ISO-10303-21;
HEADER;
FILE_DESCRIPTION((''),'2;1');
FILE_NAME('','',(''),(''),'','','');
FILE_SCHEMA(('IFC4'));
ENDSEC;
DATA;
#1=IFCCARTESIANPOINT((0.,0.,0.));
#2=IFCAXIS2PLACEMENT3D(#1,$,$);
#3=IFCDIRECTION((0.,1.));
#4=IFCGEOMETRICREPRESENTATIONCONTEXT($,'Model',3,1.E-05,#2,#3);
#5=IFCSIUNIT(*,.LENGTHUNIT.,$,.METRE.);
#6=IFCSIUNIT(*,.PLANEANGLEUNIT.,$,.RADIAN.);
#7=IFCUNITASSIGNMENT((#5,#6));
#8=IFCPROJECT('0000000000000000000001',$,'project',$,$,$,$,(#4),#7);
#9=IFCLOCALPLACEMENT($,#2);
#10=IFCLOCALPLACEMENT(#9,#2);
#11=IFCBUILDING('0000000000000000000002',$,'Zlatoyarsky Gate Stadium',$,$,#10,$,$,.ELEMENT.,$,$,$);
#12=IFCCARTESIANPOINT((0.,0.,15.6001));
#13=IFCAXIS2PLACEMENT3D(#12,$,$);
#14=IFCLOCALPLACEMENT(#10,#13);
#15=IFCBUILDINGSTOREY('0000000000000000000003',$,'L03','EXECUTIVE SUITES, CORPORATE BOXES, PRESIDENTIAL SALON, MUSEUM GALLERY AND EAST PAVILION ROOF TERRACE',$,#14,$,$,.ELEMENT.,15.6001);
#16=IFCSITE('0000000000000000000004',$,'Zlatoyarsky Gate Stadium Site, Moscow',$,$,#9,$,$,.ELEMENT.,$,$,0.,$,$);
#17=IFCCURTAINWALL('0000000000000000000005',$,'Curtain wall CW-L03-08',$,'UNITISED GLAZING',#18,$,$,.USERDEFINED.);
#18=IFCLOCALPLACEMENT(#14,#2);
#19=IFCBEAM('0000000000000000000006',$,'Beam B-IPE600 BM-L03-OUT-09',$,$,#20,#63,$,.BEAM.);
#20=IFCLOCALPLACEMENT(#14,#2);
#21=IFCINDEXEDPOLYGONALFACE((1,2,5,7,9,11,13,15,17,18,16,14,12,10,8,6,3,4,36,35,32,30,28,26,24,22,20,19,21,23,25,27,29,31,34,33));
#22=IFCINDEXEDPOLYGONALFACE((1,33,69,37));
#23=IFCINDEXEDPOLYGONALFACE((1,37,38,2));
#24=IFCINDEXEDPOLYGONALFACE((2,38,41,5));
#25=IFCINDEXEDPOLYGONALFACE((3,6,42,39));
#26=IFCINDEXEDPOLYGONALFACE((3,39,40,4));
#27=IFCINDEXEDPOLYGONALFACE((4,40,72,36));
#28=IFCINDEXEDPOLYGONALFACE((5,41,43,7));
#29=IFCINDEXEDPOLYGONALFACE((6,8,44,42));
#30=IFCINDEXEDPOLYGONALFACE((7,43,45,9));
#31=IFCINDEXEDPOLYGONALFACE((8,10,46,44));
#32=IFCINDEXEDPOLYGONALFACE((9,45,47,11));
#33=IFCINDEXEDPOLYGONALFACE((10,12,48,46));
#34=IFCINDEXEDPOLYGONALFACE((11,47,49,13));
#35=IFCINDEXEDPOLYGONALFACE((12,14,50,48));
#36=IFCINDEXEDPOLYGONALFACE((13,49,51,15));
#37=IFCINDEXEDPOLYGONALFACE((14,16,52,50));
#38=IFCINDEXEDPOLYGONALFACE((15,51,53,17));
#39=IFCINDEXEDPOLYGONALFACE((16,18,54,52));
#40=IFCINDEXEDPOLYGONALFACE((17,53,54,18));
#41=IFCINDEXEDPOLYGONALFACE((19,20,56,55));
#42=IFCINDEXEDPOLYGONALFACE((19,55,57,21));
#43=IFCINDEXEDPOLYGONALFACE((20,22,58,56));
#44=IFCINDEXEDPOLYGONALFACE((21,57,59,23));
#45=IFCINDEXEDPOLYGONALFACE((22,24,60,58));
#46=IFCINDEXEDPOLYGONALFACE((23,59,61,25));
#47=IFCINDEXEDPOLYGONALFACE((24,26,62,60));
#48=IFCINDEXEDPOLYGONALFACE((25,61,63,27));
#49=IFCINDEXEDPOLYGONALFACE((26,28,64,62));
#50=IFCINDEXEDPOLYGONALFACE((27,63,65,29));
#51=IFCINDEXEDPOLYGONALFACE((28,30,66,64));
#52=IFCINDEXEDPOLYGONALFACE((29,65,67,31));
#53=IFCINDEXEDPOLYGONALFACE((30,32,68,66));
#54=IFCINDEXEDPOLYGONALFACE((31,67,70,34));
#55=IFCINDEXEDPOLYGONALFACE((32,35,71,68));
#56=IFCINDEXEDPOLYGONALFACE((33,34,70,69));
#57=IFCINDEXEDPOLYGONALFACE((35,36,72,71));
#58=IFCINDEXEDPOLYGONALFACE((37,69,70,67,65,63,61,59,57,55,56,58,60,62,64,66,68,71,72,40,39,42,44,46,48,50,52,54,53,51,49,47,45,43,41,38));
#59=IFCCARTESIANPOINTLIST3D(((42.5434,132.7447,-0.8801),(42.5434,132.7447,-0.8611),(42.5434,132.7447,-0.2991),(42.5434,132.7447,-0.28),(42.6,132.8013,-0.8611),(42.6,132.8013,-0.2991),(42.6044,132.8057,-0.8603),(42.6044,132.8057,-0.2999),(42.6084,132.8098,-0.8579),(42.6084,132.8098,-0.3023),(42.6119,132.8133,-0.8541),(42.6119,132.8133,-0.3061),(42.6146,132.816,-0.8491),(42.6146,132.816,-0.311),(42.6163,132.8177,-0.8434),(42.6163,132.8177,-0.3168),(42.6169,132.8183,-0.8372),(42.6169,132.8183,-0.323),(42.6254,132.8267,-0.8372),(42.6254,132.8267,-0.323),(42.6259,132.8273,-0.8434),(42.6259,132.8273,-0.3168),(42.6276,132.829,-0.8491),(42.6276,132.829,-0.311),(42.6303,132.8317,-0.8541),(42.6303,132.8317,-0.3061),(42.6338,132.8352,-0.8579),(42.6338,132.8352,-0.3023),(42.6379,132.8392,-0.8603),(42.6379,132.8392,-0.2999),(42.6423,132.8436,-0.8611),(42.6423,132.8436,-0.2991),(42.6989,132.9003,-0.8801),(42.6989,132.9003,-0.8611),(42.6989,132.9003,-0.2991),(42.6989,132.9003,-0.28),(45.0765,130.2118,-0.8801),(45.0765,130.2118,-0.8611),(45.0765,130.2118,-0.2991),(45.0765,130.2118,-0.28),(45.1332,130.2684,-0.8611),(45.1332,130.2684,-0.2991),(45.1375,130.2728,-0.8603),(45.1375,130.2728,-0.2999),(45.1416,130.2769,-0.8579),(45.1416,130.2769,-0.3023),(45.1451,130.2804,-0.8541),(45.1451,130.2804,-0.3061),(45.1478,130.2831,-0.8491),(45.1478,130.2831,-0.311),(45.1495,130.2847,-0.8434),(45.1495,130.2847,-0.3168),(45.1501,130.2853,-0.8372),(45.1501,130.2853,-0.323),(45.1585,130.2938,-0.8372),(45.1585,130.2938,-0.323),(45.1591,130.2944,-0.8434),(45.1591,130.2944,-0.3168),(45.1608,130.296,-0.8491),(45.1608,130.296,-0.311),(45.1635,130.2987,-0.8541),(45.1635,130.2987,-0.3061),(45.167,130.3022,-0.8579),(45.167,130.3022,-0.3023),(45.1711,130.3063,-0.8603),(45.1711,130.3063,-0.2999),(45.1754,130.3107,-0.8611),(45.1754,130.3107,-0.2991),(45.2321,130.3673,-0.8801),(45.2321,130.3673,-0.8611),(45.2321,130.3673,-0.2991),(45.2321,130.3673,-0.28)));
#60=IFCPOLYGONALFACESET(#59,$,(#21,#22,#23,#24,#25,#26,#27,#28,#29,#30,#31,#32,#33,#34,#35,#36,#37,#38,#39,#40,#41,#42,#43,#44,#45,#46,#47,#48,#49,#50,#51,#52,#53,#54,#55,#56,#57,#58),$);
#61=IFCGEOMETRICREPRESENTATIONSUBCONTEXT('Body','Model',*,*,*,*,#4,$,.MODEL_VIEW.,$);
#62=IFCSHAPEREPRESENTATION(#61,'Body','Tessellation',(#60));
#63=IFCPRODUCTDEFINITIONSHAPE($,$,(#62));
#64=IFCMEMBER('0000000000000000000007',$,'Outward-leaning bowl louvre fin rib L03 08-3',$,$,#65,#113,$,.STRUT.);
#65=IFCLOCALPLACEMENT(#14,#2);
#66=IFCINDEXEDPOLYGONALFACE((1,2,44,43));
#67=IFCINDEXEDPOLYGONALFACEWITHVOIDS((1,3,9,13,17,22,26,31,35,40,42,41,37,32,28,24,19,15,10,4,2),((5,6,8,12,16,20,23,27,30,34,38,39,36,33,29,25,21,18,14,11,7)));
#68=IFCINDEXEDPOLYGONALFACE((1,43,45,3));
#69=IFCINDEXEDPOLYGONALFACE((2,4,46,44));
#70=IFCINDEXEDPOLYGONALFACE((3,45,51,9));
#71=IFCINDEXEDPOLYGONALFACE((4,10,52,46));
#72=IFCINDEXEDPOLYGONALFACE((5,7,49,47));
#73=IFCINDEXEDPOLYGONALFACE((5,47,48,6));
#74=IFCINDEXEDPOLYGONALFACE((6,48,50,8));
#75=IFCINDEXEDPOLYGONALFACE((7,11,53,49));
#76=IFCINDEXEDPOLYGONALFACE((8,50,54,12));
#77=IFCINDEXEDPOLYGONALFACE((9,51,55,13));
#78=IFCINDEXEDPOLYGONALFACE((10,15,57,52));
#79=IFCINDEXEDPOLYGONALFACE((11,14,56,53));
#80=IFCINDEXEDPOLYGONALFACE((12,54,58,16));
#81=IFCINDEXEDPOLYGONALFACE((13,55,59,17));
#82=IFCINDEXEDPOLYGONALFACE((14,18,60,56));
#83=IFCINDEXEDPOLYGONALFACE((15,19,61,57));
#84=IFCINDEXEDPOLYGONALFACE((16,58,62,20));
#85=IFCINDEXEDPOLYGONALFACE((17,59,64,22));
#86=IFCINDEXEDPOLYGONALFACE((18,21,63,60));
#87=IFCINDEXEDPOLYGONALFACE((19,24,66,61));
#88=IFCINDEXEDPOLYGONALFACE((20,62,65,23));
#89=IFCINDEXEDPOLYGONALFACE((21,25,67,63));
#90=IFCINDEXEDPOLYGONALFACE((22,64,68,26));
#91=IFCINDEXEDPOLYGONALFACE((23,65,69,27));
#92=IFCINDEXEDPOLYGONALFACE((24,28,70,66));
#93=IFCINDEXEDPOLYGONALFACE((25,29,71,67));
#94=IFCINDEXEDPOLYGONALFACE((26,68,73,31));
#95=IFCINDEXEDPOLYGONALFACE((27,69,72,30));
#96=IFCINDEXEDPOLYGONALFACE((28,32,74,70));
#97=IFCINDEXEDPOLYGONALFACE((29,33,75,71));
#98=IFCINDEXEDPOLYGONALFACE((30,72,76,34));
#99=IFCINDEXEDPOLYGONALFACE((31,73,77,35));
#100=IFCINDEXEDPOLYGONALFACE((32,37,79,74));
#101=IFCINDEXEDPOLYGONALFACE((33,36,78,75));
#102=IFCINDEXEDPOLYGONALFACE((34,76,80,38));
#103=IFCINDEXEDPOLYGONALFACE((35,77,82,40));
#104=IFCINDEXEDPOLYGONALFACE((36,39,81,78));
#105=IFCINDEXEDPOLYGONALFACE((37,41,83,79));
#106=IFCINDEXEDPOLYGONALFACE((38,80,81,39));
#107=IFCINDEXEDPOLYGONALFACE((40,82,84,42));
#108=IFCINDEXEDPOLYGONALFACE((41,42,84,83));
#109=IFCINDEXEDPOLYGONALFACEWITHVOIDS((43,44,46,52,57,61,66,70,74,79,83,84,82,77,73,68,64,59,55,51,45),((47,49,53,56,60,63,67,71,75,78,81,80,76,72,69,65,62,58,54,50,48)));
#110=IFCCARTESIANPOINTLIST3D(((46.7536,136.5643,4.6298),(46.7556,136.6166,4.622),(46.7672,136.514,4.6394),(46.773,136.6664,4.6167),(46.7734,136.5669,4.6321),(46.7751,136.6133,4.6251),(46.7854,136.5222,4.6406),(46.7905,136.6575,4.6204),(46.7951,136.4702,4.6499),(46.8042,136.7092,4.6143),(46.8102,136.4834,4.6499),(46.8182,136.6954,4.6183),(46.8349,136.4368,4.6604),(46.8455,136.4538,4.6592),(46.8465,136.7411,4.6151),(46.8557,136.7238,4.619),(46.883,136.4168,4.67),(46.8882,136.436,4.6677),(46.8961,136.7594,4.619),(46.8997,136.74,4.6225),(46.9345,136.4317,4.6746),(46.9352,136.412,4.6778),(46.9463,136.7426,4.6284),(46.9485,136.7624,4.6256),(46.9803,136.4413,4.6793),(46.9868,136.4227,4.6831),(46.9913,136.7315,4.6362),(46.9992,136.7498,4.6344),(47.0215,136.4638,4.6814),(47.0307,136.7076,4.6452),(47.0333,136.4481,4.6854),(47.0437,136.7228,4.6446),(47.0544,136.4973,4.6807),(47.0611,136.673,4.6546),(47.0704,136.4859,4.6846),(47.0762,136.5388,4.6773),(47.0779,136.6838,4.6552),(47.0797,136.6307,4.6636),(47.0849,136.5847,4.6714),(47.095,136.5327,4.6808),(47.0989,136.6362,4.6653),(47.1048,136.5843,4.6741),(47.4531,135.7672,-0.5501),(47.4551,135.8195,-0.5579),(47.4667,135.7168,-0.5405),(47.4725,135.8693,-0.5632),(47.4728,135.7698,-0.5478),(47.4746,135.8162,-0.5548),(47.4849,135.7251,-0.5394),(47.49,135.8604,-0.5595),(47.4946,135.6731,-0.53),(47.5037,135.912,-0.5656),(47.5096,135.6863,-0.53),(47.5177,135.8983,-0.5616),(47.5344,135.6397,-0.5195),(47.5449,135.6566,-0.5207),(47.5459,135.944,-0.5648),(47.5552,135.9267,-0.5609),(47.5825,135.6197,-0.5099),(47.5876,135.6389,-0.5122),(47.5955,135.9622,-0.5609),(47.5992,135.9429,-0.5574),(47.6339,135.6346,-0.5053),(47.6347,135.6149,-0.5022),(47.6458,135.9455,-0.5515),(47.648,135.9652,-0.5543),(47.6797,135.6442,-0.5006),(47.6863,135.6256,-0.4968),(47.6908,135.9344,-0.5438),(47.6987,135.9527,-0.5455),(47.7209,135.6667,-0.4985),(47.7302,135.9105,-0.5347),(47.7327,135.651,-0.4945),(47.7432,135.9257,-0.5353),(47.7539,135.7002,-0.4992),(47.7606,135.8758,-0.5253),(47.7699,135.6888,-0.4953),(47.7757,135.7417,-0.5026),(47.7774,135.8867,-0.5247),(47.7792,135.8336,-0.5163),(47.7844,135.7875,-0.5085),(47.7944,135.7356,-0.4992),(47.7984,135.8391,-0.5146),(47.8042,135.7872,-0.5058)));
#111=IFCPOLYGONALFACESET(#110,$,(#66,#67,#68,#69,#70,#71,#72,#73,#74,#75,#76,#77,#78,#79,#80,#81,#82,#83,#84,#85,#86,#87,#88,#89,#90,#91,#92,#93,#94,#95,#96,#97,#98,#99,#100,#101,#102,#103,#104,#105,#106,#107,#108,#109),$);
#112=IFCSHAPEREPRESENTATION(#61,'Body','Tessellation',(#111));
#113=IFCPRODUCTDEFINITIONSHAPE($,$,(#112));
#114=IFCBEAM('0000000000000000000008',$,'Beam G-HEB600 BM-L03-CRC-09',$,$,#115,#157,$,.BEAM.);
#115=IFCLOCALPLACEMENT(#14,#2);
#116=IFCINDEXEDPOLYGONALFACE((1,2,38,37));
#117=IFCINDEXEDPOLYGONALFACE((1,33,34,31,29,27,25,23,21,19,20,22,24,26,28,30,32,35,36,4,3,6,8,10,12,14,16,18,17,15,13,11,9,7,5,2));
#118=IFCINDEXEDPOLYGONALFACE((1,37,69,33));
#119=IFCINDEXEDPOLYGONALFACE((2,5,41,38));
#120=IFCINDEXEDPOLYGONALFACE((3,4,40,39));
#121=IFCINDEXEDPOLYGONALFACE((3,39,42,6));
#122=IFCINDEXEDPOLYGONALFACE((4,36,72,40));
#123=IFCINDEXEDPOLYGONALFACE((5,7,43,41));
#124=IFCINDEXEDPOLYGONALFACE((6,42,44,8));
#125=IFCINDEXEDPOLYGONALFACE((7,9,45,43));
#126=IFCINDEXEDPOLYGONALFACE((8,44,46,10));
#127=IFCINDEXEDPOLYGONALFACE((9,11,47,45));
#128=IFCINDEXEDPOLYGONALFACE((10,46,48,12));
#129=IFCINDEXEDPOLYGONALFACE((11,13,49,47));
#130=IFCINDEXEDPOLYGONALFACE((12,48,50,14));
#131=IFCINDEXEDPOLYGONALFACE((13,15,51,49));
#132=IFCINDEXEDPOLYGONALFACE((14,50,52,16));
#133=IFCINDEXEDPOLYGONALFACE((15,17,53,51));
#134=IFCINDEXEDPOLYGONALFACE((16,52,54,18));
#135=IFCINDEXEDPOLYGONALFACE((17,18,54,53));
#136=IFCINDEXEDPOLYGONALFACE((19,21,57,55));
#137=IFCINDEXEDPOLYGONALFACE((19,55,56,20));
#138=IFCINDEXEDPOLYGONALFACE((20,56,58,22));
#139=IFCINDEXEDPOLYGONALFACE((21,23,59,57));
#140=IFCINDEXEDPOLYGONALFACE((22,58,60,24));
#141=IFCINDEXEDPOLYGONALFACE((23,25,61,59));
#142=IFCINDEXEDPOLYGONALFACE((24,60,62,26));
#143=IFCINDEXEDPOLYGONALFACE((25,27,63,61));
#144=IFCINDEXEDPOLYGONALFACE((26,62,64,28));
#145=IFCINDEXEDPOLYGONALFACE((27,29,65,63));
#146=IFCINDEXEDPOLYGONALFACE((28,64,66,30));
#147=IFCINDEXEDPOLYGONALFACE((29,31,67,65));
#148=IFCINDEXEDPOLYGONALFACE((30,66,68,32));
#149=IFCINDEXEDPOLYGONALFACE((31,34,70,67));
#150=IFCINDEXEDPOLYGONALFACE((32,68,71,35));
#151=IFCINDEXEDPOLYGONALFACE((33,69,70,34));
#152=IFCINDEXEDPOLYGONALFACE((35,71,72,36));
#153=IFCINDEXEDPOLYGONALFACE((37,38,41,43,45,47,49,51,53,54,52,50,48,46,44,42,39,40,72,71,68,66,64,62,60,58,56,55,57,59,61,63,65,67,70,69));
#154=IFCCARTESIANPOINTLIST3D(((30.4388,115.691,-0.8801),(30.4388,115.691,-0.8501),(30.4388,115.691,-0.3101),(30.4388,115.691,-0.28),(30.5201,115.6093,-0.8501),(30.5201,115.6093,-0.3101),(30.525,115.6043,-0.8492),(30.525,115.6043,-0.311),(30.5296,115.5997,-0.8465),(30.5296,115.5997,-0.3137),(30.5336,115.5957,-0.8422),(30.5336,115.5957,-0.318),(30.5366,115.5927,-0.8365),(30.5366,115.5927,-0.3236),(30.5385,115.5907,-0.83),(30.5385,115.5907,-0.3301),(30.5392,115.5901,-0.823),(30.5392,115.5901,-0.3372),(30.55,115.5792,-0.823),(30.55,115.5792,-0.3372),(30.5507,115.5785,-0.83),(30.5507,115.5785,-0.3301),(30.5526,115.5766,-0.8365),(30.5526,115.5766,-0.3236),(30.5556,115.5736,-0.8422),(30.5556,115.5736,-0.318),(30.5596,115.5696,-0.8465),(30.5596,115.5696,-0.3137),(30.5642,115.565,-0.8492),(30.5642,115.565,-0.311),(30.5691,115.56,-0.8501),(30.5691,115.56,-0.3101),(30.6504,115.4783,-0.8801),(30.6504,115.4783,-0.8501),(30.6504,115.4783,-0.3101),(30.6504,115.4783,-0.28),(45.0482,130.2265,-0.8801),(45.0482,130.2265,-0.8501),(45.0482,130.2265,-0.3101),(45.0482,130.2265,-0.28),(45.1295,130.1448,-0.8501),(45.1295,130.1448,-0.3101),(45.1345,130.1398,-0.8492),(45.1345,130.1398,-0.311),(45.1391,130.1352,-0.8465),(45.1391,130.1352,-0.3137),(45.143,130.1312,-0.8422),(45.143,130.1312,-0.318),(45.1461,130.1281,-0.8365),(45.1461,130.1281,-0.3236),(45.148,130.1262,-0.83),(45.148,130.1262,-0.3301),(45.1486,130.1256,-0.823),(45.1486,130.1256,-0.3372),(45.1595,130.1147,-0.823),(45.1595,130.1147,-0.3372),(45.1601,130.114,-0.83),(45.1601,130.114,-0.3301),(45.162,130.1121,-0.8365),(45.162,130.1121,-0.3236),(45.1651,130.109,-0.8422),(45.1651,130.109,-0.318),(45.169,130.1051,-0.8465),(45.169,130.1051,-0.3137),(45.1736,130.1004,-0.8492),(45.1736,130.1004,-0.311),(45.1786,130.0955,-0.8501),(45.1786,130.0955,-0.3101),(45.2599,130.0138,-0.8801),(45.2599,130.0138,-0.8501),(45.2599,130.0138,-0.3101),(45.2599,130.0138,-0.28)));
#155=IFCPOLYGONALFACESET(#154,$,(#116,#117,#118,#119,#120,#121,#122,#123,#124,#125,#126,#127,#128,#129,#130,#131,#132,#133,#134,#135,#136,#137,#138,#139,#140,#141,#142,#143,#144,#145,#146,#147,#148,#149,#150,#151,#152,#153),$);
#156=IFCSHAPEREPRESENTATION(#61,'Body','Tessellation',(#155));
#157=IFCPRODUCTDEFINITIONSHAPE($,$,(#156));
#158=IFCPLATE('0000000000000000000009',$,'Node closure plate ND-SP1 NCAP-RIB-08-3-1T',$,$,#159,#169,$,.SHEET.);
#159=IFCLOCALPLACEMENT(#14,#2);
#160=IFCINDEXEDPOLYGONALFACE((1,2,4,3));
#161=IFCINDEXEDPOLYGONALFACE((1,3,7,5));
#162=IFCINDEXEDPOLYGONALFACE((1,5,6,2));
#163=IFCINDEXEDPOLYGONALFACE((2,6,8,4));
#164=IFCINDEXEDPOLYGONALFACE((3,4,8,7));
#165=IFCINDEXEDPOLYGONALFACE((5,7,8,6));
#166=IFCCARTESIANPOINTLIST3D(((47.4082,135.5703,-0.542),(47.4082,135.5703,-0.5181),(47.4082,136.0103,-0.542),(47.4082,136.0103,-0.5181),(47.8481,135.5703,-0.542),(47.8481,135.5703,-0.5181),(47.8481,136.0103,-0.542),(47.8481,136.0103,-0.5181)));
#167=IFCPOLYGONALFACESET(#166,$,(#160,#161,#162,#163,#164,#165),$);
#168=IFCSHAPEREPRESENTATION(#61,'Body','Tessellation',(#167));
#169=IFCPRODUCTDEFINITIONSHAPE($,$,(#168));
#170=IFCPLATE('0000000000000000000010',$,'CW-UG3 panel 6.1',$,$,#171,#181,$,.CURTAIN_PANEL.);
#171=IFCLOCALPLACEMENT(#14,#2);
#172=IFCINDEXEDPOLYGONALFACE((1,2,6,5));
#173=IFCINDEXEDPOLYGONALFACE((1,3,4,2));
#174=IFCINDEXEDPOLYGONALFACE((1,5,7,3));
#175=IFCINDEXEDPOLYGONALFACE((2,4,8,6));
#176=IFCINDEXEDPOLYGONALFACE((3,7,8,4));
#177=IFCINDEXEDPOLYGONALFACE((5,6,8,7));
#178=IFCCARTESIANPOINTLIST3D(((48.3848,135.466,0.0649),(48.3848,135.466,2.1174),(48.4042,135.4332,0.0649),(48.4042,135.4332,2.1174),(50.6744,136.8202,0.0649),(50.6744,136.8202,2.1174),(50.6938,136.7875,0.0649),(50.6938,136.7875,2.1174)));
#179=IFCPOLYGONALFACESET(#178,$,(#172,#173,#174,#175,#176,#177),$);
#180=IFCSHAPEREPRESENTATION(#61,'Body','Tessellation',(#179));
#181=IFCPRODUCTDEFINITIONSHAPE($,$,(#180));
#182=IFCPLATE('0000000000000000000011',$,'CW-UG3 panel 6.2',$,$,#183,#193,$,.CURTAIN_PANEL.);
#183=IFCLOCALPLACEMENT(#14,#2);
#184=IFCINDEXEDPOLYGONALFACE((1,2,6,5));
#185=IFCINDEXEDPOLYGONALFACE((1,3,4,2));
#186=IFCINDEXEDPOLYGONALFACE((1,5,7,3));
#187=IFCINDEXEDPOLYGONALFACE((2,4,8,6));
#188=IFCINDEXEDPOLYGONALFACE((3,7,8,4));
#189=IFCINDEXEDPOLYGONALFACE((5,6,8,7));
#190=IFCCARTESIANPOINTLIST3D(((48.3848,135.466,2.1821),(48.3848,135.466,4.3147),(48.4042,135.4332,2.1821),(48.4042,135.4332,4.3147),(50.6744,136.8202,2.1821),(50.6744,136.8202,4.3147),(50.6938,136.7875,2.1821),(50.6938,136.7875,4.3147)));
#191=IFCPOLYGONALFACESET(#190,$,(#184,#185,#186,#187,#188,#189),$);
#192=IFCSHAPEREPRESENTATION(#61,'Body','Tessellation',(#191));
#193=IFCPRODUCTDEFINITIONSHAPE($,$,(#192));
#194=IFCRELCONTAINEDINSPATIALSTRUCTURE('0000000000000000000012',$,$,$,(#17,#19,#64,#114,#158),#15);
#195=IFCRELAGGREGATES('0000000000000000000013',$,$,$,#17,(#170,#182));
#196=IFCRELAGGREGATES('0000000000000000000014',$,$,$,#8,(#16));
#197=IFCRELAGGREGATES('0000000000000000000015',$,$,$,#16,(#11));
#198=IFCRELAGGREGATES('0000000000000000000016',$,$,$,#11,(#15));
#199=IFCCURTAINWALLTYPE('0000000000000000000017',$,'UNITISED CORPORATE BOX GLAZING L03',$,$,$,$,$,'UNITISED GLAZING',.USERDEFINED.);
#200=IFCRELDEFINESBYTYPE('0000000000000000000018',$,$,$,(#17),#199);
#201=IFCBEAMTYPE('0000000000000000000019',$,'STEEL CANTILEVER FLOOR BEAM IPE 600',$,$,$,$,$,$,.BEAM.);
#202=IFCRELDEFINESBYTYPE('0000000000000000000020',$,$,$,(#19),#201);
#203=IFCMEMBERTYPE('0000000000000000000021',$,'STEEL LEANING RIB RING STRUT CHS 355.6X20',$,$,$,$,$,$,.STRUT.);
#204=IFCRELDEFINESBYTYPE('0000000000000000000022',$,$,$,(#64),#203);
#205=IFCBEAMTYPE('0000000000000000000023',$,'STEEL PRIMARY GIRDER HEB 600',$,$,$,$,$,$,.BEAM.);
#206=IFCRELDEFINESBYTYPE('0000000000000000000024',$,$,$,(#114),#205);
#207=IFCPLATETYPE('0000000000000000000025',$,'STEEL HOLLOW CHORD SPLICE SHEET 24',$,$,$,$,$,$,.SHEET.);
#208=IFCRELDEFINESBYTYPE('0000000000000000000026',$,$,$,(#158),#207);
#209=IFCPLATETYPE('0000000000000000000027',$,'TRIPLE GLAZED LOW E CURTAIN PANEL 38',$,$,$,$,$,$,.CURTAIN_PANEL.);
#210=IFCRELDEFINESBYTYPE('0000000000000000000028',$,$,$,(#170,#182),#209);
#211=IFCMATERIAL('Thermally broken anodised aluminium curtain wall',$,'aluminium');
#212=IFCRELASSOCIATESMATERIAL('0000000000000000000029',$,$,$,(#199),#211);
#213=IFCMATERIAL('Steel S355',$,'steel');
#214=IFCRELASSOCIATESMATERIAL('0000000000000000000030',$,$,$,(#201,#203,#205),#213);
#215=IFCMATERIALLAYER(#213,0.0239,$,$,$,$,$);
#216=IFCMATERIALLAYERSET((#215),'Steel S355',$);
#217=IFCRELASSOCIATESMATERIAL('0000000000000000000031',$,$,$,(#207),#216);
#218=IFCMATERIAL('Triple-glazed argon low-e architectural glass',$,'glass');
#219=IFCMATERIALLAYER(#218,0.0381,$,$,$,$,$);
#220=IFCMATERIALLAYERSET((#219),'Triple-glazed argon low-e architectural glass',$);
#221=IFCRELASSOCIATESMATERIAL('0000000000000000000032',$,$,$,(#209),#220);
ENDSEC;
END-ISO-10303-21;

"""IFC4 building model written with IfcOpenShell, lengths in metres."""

from ifc_helpers import new_model, si_unit, direction, frame, origin, origin_2d, place, context, subcontext, project, spatial, rectangle, hollow_circle, i_section, extrude, material, layer, layer_set, material_profile, profile_set, type_object, element, aggregate, save


model = new_model("IFC4")

# Units and contexts
model_context = context("Model", 3, precision=1e-05, world=origin(), true_north=direction((0.0, 1.0)))
body_context = subcontext(model_context, "Body", "Model", "MODEL_VIEW")
ifc_project = project(units=[si_unit("LENGTHUNIT", "METRE"), si_unit("PLANEANGLEUNIT", "RADIAN")], contexts=[model_context])

# Site, building, storey
site_placement = place(None, origin())
site = spatial("IfcSite", under=ifc_project, at=site_placement, Name="Zlatoyarsky Gate Stadium Site, Moscow", CompositionType="ELEMENT", RefElevation=0.0)
building_placement = place(site_placement, origin())
building = spatial("IfcBuilding", under=site, at=building_placement, Name="Zlatoyarsky Gate Stadium", CompositionType="ELEMENT")
storey_placement = place(building_placement, frame((0.0, 0.0, 15.6001)))
storey = spatial("IfcBuildingStorey", under=building, at=storey_placement, Name="L03", Description="EXECUTIVE SUITES, CORPORATE BOXES, PRESIDENTIAL SALON, MUSEUM GALLERY AND EAST PAVILION ROOF TERRACE", CompositionType="ELEMENT", Elevation=15.6001)

# Shared definitions
ifc_material_1 = material(Name="Steel S355", Category="steel")

# Curtain wall
ifc_material_2 = material(Name="Thermally broken anodised aluminium curtain wall", Category="aluminium")
curtain_wall_type = type_object("IfcCurtainWallType", Name="UNITISED CORPORATE BOX GLAZING L03", ElementType="UNITISED GLAZING", PredefinedType="USERDEFINED", material=ifc_material_2)
curtain_wall_placement = place(storey_placement, origin())
curtain_wall = element("IfcCurtainWall", 1, at=curtain_wall_placement, inside=storey, type_object=curtain_wall_type, Name="Curtain wall CW-L03-08", ObjectType="UNITISED GLAZING", PredefinedType="USERDEFINED")

# Beam
ifc_material_profile_1 = material_profile(ifc_material_1, i_section(OverallWidth=0.22, OverallDepth=0.6001, WebThickness=0.012, FlangeThickness=0.019, FilletRadius=0.0239, at=origin_2d()), Name="IPE 600")
ifc_profile_set_1 = profile_set([ifc_material_profile_1], Name="Steel S355")
beam_type_1 = type_object("IfcBeamType", Name="STEEL CANTILEVER FLOOR BEAM IPE 600", PredefinedType="BEAM", material=ifc_profile_set_1)
beam_1_placement = place(storey_placement, frame((45.1543, 130.2896, -0.5801), z_axis=(-0.707141, 0.707073, 0.0), x_axis=(-0.707073, -0.707141, 0.0)))
element("IfcBeam", 2, at=beam_1_placement, inside=storey, type_object=beam_type_1, Name="Beam B-IPE600 BM-L03-OUT-09", PredefinedType="BEAM", context=body_context, shape_type="SweptSolid", body=[
    extrude(i_section(OverallWidth=0.22, OverallDepth=0.6001, WebThickness=0.012, FlangeThickness=0.019, FilletRadius=0.0239, at=origin_2d()), origin(), (0.0, 0.0, 1.0), 3.5823),
])

# Member
ifc_material_profile_2 = material_profile(ifc_material_1, hollow_circle(Radius=0.1777, WallThickness=0.02, at=origin_2d()), Name="CHS 355.6X20")
ifc_profile_set_2 = profile_set([ifc_material_profile_2], Name="Steel S355")
member_type_1 = type_object("IfcMemberType", Name="STEEL LEANING RIB RING STRUT CHS 355.6X20", PredefinedType="STRUT", material=ifc_profile_set_2)
member_1_placement = place(storey_placement, frame((47.6282, 135.7903, -0.53), z_axis=(-0.132289, 0.150759, 0.979679), x_axis=(-0.751649, -0.659563, 0.0)))
element("IfcMember", 3, at=member_1_placement, inside=storey, type_object=member_type_1, Name="Outward-leaning bowl louvre fin rib L03 08-3", PredefinedType="STRUT", context=body_context, shape_type="SweptSolid", body=[
    extrude(hollow_circle(Radius=0.1777, WallThickness=0.02, at=origin_2d()), origin(), (0.0, 0.0, 1.0), 5.2874),
])

# Beam
ifc_material_profile_3 = material_profile(ifc_material_1, i_section(OverallWidth=0.3, OverallDepth=0.6001, WebThickness=0.0154, FlangeThickness=0.03, FilletRadius=0.0271, at=origin_2d()), Name="HEB 600")
ifc_profile_set_3 = profile_set([ifc_material_profile_3], Name="Steel S355")
beam_type_2 = type_object("IfcBeamType", Name="STEEL PRIMARY GIRDER HEB 600", PredefinedType="BEAM", material=ifc_profile_set_3)
beam_2_placement = place(storey_placement, frame((45.1541, 130.1201, -0.5801), z_axis=(-0.708899, -0.70531, 0.0), x_axis=(0.70531, -0.708899, 0.0)))
element("IfcBeam", 4, at=beam_2_placement, inside=storey, type_object=beam_type_2, Name="Beam G-HEB600 BM-L03-CRC-09", PredefinedType="BEAM", context=body_context, shape_type="SweptSolid", body=[
    extrude(i_section(OverallWidth=0.3, OverallDepth=0.6001, WebThickness=0.0154, FlangeThickness=0.03, FilletRadius=0.0271, at=origin_2d()), origin(), (0.0, 0.0, 1.0), 20.6086),
])

# Plates
ifc_layer_1 = layer(ifc_material_1, 0.0239)
ifc_layer_set_1 = layer_set([ifc_layer_1], Name="Steel S355")
plate_type_1 = type_object("IfcPlateType", Name="STEEL HOLLOW CHORD SPLICE SHEET 24", PredefinedType="SHEET", material=ifc_layer_set_1)
plate_1_placement = place(storey_placement, frame((47.6282, 135.7903, -0.542), z_axis=(0.0, 0.0, 1.0), x_axis=(1.0, 0.0, 0.0)))
element("IfcPlate", 5, at=plate_1_placement, inside=storey, type_object=plate_type_1, Name="Node closure plate ND-SP1 NCAP-RIB-08-3-1T", PredefinedType="SHEET", context=body_context, shape_type="SweptSolid", body=[
    extrude(rectangle(XDim=0.4399, YDim=0.4399, at=origin_2d()), origin(), (0.0, 0.0, 1.0), 0.0239),
])
ifc_material_3 = material(Name="Triple-glazed argon low-e architectural glass", Category="glass")
ifc_layer_2 = layer(ifc_material_3, 0.0381)
ifc_layer_set_2 = layer_set([ifc_layer_2], Name="Triple-glazed argon low-e architectural glass")
plate_type_2 = type_object("IfcPlateType", Name="TRIPLE GLAZED LOW E CURTAIN PANEL 38", PredefinedType="CURTAIN_PANEL", material=ifc_layer_set_2)
plate_2_placement = place(storey_placement, frame((49.5393, 136.1267, 0.0649), z_axis=(0.0, 0.0, 1.0), x_axis=(-0.860708, -0.509098, 0.0)))
plate_2 = element("IfcPlate", 6, at=plate_2_placement, type_object=plate_type_2, Name="CW-UG3 panel 6.1", PredefinedType="CURTAIN_PANEL", context=body_context, shape_type="SweptSolid", body=[
    extrude(rectangle(XDim=2.6602, YDim=0.0381, at=origin_2d()), origin(), (0.0, 0.0, 1.0), 2.0525),
])
plate_3_placement = place(storey_placement, frame((49.5393, 136.1267, 2.1821), z_axis=(0.0, 0.0, 1.0), x_axis=(-0.860708, -0.509098, 0.0)))
plate_3 = element("IfcPlate", 7, at=plate_3_placement, type_object=plate_type_2, Name="CW-UG3 panel 6.2", PredefinedType="CURTAIN_PANEL", context=body_context, shape_type="SweptSolid", body=[
    extrude(rectangle(XDim=2.6602, YDim=0.0381, at=origin_2d()), origin(), (0.0, 0.0, 1.0), 2.1326),
])
aggregate(curtain_wall, [plate_2, plate_3])

save(model, "model.ifc")
